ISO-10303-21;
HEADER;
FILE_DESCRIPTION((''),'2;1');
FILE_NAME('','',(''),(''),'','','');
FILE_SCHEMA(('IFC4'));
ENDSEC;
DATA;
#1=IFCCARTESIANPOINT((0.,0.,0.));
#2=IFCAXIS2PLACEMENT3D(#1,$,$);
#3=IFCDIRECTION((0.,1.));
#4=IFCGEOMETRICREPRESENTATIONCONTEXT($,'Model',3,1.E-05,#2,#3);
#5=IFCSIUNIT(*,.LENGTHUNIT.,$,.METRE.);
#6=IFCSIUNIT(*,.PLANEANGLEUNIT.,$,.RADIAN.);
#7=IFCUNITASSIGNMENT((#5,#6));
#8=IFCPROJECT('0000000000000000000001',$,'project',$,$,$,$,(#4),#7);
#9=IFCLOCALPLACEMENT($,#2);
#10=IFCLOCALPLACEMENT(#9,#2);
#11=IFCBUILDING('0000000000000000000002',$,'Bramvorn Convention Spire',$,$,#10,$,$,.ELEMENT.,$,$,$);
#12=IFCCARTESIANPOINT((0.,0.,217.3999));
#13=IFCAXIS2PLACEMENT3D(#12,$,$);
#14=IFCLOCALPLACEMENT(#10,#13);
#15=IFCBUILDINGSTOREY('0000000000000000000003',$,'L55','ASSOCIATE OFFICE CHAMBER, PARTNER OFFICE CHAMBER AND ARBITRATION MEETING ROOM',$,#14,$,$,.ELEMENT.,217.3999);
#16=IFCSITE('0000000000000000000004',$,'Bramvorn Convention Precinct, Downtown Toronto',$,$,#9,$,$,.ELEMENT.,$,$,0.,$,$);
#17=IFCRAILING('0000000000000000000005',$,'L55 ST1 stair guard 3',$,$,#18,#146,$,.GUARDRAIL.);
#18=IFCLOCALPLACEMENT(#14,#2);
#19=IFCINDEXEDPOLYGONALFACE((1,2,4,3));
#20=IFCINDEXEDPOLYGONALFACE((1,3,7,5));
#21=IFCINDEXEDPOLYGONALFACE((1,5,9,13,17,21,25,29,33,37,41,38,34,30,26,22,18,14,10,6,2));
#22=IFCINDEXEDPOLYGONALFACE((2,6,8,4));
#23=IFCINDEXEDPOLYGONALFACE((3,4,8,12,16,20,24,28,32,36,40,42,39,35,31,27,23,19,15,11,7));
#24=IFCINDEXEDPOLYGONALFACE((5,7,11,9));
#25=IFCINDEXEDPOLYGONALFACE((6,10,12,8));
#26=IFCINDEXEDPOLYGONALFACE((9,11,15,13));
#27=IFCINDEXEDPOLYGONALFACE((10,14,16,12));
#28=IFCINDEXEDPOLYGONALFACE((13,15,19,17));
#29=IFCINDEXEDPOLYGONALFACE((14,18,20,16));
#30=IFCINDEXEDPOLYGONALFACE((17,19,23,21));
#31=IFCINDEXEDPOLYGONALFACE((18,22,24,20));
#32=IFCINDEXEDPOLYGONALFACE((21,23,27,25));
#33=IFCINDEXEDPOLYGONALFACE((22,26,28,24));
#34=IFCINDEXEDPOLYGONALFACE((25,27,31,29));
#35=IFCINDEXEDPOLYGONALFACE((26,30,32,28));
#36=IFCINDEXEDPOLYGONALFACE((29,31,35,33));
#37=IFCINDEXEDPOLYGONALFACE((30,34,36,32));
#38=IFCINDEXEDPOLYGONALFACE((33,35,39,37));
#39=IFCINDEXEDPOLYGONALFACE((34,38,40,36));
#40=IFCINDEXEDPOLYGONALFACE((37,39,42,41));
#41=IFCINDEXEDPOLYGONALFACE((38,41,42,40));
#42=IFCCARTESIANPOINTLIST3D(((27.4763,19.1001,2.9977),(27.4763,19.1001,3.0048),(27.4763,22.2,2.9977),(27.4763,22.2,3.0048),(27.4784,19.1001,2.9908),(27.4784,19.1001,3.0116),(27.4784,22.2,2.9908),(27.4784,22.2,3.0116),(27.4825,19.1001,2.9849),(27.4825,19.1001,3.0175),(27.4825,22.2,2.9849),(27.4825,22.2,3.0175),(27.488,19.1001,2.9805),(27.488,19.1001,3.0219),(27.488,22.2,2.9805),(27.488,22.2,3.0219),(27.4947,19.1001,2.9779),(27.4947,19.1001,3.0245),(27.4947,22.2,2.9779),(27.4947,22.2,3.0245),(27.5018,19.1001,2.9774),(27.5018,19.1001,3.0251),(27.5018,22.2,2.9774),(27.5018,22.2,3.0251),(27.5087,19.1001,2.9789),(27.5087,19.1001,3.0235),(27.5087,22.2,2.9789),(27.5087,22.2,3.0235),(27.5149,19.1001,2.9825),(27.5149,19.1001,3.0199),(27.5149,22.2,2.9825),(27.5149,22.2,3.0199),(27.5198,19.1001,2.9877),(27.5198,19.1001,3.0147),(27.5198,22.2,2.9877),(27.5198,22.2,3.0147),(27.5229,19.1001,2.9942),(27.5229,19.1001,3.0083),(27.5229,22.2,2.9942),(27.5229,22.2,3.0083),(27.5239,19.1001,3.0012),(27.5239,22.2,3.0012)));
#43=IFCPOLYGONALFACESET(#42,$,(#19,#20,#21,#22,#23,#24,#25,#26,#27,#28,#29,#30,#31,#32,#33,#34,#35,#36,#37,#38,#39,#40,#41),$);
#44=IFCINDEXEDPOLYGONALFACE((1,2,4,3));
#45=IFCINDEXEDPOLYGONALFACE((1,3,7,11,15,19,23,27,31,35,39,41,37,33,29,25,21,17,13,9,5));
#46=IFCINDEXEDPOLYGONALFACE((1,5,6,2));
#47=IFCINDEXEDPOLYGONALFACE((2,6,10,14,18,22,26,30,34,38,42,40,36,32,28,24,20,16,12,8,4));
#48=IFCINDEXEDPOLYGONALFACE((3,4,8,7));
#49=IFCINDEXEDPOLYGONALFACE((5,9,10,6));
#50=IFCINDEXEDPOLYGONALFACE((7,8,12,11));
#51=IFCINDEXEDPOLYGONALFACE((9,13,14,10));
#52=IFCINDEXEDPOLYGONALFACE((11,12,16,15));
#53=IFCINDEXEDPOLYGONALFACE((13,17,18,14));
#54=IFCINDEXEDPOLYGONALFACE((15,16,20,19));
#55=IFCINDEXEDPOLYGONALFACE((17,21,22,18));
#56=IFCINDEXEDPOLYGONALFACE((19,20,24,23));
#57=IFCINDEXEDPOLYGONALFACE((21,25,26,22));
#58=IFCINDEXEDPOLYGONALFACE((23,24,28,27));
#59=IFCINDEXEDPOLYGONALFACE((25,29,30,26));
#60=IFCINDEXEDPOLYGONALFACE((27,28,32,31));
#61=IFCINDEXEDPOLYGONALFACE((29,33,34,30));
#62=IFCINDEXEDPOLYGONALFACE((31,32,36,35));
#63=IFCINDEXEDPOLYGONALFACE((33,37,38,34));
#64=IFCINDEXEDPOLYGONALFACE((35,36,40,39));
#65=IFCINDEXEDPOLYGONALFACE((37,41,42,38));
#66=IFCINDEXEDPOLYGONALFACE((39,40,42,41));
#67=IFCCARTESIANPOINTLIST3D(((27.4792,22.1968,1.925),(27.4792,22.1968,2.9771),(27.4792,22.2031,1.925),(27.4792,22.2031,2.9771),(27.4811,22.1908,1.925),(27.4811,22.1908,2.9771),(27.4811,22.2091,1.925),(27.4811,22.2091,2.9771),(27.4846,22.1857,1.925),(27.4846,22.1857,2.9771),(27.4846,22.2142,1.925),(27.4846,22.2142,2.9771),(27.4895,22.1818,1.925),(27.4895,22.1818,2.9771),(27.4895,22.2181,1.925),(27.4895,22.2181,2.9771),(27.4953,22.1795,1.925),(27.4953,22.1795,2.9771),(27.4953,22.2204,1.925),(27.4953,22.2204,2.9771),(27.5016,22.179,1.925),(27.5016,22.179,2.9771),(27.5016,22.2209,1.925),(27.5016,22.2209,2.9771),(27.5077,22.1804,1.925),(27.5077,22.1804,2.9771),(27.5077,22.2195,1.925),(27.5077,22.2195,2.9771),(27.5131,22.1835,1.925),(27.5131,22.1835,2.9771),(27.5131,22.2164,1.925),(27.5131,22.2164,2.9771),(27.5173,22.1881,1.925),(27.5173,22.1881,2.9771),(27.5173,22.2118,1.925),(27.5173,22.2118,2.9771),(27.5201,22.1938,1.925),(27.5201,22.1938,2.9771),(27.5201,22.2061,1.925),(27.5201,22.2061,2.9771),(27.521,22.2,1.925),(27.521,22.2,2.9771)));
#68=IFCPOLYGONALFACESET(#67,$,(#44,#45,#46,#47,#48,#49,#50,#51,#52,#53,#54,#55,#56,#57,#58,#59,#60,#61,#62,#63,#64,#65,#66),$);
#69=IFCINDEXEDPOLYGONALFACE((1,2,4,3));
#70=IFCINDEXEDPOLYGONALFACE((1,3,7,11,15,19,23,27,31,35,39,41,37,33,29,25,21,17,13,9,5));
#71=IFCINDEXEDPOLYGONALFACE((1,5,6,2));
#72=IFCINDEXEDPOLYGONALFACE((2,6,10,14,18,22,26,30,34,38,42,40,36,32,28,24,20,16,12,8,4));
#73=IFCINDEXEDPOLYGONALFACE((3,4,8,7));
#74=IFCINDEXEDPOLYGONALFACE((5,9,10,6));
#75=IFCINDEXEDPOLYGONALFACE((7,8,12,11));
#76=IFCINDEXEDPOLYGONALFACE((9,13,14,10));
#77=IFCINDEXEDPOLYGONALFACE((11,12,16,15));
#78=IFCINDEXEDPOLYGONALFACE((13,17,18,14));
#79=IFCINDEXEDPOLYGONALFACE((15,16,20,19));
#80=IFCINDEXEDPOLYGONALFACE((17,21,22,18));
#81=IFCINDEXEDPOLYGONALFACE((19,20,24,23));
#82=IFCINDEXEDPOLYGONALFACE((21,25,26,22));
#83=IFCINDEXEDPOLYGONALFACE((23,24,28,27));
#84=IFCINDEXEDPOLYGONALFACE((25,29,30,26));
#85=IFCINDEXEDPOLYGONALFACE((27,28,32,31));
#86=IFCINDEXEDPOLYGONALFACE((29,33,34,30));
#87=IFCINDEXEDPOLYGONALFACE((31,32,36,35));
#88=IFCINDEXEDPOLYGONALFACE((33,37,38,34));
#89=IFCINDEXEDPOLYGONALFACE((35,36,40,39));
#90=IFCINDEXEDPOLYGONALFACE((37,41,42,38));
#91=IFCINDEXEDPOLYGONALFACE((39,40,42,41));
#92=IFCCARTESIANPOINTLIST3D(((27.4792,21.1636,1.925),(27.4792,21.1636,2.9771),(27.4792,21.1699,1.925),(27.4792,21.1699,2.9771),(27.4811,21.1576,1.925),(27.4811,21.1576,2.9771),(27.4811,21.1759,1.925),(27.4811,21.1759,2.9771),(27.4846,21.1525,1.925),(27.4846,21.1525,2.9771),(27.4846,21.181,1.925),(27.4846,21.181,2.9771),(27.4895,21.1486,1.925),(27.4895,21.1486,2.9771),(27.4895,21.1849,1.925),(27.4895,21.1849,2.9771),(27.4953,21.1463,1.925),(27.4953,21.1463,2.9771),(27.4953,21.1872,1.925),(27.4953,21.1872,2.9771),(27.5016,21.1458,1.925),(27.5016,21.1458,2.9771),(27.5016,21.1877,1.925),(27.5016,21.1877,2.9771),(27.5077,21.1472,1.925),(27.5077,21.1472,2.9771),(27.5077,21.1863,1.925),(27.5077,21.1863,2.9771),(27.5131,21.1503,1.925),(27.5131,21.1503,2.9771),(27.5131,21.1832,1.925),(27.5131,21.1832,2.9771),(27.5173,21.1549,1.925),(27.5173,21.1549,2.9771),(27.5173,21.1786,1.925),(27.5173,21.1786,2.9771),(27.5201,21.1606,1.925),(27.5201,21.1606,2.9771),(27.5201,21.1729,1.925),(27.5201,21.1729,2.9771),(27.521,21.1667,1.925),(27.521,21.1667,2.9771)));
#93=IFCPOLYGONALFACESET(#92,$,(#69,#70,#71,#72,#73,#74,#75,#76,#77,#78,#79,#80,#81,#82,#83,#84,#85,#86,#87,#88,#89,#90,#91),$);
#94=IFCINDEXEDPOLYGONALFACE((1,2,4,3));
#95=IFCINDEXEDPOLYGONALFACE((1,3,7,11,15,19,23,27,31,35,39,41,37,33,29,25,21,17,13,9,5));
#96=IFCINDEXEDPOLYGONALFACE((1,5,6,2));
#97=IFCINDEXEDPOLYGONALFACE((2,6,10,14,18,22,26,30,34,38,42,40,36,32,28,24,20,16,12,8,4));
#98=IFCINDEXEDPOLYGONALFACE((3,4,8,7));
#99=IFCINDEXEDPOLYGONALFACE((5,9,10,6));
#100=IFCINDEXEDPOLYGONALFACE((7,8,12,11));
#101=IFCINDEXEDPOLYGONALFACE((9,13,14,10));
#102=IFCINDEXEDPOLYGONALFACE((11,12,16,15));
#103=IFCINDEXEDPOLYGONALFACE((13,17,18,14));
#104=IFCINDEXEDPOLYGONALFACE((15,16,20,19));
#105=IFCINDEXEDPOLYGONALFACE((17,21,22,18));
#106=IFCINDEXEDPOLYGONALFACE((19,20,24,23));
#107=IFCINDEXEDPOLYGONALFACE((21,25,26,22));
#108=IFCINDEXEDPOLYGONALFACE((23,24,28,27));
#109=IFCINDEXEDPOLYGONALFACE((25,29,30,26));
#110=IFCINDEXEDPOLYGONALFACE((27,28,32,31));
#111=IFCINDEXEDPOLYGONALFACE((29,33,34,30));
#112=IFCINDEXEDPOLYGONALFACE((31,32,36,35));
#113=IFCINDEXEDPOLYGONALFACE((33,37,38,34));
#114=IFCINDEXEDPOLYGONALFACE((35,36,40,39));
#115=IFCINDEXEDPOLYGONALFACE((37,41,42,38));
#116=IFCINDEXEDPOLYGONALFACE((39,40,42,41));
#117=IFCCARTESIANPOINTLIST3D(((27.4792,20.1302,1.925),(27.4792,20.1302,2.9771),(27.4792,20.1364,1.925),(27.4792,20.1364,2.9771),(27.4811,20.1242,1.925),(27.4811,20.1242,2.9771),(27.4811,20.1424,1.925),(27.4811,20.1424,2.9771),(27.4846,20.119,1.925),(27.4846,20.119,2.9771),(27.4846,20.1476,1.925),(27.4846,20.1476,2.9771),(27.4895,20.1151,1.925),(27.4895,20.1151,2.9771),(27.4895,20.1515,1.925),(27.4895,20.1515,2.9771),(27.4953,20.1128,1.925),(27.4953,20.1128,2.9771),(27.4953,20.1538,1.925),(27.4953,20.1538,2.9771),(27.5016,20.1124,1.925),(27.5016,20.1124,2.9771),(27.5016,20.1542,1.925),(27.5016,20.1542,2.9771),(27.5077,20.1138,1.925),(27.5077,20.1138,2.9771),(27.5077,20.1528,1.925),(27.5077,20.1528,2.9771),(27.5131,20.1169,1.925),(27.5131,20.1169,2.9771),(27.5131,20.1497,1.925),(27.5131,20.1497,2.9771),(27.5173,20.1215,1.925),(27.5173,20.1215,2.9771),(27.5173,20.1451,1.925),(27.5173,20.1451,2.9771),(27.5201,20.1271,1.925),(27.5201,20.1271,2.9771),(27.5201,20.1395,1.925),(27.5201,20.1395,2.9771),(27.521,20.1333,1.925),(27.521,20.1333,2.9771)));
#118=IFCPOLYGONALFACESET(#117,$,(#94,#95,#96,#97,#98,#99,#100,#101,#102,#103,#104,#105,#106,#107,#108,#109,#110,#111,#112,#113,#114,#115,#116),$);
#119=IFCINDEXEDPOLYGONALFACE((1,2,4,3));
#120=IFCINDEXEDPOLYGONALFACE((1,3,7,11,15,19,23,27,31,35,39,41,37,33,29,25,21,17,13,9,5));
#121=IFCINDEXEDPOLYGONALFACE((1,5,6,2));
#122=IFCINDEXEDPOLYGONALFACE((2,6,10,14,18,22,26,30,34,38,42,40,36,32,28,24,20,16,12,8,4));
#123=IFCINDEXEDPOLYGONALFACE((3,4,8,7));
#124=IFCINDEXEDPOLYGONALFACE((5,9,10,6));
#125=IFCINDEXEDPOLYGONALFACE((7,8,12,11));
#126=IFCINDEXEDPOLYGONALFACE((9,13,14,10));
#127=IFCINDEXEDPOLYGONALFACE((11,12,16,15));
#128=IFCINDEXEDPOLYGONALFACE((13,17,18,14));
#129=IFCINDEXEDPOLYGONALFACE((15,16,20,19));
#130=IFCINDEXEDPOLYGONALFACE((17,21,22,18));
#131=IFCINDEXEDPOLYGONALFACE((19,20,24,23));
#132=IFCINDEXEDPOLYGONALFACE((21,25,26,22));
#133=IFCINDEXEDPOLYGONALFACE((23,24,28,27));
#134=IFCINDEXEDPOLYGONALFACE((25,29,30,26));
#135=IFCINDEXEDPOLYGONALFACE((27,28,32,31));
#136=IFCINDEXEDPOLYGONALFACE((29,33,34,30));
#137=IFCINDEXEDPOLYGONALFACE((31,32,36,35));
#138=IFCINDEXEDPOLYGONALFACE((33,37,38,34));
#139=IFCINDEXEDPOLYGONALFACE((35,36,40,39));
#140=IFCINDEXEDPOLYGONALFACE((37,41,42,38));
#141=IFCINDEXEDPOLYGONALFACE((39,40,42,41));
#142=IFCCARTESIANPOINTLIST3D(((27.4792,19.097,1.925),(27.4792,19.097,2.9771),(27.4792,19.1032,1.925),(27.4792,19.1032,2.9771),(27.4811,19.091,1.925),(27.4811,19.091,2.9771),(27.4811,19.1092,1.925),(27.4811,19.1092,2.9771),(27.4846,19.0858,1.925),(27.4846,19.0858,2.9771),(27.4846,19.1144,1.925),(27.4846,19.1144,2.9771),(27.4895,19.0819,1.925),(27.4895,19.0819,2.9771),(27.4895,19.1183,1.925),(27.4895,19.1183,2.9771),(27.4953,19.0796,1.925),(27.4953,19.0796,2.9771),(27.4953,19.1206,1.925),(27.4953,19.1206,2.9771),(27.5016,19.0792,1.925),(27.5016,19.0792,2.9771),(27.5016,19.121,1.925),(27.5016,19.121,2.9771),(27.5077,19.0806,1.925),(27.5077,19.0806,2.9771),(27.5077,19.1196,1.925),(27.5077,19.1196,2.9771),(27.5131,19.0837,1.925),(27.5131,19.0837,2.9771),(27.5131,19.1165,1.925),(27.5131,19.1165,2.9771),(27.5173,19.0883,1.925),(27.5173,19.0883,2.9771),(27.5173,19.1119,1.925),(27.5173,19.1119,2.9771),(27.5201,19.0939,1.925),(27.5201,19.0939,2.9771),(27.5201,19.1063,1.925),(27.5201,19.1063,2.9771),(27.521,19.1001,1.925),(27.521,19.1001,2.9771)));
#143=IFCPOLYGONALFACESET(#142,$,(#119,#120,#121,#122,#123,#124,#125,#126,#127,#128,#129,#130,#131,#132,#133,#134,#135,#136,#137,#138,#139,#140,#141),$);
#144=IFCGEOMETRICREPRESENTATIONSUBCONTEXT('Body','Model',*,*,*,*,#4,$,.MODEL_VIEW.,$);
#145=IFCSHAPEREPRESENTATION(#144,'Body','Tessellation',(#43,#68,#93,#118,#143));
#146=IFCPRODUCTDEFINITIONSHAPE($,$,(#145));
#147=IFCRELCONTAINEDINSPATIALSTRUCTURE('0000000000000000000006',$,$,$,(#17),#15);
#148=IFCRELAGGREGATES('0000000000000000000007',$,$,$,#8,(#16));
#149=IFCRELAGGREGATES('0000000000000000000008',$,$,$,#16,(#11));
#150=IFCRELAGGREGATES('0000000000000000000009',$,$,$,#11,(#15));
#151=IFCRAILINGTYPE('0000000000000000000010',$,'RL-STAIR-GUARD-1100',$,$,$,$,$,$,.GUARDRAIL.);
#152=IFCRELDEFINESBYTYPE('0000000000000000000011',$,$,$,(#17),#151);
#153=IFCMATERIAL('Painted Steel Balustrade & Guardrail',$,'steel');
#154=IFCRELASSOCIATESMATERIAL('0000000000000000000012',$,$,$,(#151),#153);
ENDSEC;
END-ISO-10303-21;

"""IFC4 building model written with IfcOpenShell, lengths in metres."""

from ifc_helpers import new_model, si_unit, direction, frame, origin, origin_2d, place, context, subcontext, project, spatial, circle, extrude, material, type_object, element, save


model = new_model("IFC4")

# Units and contexts
model_context = context("Model", 3, precision=1e-05, world=origin(), true_north=direction((0.0, 1.0)))
body_context = subcontext(model_context, "Body", "Model", "MODEL_VIEW")
ifc_project = project(units=[si_unit("LENGTHUNIT", "METRE"), si_unit("PLANEANGLEUNIT", "RADIAN")], contexts=[model_context])

# Site, building, storey
site_placement = place(None, origin())
site = spatial("IfcSite", under=ifc_project, at=site_placement, Name="Bramvorn Convention Precinct, Downtown Toronto", CompositionType="ELEMENT", RefElevation=0.0)
building_placement = place(site_placement, origin())
building = spatial("IfcBuilding", under=site, at=building_placement, Name="Bramvorn Convention Spire", CompositionType="ELEMENT")
storey_placement = place(building_placement, frame((0.0, 0.0, 217.3999)))
storey = spatial("IfcBuildingStorey", under=building, at=storey_placement, Name="L55", Description="ASSOCIATE OFFICE CHAMBER, PARTNER OFFICE CHAMBER AND ARBITRATION MEETING ROOM", CompositionType="ELEMENT", Elevation=217.3999)

# Railing
ifc_material_1 = material(Name="Painted Steel Balustrade & Guardrail", Category="steel")
railing_type_1 = type_object("IfcRailingType", Name="RL-STAIR-GUARD-1100", PredefinedType="GUARDRAIL", material=ifc_material_1)
for number, where, name in (
    (1, (27.5, 22.2, 1.925), "L55 ST1 stair guard 3"),
):
    element("IfcRailing", number, at=place(storey_placement, frame(where)), inside=storey, type_object=railing_type_1, Name=name, PredefinedType="GUARDRAIL", context=body_context, shape_type="SweptSolid", body=[
        extrude(circle(Radius=0.0239, at=origin_2d()), frame((0.0, 0.0, 1.0762), z_axis=(0.0, -1.0, 0.0), x_axis=(1.0, 0.0, 0.0)), (0.0, 0.0, 1.0), 3.0999),
        extrude(circle(Radius=0.021, at=origin_2d()), origin(), (0.0, 0.0, 1.0), 1.052),
        extrude(circle(Radius=0.021, at=origin_2d()), frame((0.0, -1.0332, 0.0)), (0.0, 0.0, 1.0), 1.052),
        extrude(circle(Radius=0.021, at=origin_2d()), frame((0.0, -2.0667, 0.0)), (0.0, 0.0, 1.0), 1.052),
        extrude(circle(Radius=0.021, at=origin_2d()), frame((0.0, -3.0999, 0.0)), (0.0, 0.0, 1.0), 1.052),
    ])

save(model, "model.ifc")
